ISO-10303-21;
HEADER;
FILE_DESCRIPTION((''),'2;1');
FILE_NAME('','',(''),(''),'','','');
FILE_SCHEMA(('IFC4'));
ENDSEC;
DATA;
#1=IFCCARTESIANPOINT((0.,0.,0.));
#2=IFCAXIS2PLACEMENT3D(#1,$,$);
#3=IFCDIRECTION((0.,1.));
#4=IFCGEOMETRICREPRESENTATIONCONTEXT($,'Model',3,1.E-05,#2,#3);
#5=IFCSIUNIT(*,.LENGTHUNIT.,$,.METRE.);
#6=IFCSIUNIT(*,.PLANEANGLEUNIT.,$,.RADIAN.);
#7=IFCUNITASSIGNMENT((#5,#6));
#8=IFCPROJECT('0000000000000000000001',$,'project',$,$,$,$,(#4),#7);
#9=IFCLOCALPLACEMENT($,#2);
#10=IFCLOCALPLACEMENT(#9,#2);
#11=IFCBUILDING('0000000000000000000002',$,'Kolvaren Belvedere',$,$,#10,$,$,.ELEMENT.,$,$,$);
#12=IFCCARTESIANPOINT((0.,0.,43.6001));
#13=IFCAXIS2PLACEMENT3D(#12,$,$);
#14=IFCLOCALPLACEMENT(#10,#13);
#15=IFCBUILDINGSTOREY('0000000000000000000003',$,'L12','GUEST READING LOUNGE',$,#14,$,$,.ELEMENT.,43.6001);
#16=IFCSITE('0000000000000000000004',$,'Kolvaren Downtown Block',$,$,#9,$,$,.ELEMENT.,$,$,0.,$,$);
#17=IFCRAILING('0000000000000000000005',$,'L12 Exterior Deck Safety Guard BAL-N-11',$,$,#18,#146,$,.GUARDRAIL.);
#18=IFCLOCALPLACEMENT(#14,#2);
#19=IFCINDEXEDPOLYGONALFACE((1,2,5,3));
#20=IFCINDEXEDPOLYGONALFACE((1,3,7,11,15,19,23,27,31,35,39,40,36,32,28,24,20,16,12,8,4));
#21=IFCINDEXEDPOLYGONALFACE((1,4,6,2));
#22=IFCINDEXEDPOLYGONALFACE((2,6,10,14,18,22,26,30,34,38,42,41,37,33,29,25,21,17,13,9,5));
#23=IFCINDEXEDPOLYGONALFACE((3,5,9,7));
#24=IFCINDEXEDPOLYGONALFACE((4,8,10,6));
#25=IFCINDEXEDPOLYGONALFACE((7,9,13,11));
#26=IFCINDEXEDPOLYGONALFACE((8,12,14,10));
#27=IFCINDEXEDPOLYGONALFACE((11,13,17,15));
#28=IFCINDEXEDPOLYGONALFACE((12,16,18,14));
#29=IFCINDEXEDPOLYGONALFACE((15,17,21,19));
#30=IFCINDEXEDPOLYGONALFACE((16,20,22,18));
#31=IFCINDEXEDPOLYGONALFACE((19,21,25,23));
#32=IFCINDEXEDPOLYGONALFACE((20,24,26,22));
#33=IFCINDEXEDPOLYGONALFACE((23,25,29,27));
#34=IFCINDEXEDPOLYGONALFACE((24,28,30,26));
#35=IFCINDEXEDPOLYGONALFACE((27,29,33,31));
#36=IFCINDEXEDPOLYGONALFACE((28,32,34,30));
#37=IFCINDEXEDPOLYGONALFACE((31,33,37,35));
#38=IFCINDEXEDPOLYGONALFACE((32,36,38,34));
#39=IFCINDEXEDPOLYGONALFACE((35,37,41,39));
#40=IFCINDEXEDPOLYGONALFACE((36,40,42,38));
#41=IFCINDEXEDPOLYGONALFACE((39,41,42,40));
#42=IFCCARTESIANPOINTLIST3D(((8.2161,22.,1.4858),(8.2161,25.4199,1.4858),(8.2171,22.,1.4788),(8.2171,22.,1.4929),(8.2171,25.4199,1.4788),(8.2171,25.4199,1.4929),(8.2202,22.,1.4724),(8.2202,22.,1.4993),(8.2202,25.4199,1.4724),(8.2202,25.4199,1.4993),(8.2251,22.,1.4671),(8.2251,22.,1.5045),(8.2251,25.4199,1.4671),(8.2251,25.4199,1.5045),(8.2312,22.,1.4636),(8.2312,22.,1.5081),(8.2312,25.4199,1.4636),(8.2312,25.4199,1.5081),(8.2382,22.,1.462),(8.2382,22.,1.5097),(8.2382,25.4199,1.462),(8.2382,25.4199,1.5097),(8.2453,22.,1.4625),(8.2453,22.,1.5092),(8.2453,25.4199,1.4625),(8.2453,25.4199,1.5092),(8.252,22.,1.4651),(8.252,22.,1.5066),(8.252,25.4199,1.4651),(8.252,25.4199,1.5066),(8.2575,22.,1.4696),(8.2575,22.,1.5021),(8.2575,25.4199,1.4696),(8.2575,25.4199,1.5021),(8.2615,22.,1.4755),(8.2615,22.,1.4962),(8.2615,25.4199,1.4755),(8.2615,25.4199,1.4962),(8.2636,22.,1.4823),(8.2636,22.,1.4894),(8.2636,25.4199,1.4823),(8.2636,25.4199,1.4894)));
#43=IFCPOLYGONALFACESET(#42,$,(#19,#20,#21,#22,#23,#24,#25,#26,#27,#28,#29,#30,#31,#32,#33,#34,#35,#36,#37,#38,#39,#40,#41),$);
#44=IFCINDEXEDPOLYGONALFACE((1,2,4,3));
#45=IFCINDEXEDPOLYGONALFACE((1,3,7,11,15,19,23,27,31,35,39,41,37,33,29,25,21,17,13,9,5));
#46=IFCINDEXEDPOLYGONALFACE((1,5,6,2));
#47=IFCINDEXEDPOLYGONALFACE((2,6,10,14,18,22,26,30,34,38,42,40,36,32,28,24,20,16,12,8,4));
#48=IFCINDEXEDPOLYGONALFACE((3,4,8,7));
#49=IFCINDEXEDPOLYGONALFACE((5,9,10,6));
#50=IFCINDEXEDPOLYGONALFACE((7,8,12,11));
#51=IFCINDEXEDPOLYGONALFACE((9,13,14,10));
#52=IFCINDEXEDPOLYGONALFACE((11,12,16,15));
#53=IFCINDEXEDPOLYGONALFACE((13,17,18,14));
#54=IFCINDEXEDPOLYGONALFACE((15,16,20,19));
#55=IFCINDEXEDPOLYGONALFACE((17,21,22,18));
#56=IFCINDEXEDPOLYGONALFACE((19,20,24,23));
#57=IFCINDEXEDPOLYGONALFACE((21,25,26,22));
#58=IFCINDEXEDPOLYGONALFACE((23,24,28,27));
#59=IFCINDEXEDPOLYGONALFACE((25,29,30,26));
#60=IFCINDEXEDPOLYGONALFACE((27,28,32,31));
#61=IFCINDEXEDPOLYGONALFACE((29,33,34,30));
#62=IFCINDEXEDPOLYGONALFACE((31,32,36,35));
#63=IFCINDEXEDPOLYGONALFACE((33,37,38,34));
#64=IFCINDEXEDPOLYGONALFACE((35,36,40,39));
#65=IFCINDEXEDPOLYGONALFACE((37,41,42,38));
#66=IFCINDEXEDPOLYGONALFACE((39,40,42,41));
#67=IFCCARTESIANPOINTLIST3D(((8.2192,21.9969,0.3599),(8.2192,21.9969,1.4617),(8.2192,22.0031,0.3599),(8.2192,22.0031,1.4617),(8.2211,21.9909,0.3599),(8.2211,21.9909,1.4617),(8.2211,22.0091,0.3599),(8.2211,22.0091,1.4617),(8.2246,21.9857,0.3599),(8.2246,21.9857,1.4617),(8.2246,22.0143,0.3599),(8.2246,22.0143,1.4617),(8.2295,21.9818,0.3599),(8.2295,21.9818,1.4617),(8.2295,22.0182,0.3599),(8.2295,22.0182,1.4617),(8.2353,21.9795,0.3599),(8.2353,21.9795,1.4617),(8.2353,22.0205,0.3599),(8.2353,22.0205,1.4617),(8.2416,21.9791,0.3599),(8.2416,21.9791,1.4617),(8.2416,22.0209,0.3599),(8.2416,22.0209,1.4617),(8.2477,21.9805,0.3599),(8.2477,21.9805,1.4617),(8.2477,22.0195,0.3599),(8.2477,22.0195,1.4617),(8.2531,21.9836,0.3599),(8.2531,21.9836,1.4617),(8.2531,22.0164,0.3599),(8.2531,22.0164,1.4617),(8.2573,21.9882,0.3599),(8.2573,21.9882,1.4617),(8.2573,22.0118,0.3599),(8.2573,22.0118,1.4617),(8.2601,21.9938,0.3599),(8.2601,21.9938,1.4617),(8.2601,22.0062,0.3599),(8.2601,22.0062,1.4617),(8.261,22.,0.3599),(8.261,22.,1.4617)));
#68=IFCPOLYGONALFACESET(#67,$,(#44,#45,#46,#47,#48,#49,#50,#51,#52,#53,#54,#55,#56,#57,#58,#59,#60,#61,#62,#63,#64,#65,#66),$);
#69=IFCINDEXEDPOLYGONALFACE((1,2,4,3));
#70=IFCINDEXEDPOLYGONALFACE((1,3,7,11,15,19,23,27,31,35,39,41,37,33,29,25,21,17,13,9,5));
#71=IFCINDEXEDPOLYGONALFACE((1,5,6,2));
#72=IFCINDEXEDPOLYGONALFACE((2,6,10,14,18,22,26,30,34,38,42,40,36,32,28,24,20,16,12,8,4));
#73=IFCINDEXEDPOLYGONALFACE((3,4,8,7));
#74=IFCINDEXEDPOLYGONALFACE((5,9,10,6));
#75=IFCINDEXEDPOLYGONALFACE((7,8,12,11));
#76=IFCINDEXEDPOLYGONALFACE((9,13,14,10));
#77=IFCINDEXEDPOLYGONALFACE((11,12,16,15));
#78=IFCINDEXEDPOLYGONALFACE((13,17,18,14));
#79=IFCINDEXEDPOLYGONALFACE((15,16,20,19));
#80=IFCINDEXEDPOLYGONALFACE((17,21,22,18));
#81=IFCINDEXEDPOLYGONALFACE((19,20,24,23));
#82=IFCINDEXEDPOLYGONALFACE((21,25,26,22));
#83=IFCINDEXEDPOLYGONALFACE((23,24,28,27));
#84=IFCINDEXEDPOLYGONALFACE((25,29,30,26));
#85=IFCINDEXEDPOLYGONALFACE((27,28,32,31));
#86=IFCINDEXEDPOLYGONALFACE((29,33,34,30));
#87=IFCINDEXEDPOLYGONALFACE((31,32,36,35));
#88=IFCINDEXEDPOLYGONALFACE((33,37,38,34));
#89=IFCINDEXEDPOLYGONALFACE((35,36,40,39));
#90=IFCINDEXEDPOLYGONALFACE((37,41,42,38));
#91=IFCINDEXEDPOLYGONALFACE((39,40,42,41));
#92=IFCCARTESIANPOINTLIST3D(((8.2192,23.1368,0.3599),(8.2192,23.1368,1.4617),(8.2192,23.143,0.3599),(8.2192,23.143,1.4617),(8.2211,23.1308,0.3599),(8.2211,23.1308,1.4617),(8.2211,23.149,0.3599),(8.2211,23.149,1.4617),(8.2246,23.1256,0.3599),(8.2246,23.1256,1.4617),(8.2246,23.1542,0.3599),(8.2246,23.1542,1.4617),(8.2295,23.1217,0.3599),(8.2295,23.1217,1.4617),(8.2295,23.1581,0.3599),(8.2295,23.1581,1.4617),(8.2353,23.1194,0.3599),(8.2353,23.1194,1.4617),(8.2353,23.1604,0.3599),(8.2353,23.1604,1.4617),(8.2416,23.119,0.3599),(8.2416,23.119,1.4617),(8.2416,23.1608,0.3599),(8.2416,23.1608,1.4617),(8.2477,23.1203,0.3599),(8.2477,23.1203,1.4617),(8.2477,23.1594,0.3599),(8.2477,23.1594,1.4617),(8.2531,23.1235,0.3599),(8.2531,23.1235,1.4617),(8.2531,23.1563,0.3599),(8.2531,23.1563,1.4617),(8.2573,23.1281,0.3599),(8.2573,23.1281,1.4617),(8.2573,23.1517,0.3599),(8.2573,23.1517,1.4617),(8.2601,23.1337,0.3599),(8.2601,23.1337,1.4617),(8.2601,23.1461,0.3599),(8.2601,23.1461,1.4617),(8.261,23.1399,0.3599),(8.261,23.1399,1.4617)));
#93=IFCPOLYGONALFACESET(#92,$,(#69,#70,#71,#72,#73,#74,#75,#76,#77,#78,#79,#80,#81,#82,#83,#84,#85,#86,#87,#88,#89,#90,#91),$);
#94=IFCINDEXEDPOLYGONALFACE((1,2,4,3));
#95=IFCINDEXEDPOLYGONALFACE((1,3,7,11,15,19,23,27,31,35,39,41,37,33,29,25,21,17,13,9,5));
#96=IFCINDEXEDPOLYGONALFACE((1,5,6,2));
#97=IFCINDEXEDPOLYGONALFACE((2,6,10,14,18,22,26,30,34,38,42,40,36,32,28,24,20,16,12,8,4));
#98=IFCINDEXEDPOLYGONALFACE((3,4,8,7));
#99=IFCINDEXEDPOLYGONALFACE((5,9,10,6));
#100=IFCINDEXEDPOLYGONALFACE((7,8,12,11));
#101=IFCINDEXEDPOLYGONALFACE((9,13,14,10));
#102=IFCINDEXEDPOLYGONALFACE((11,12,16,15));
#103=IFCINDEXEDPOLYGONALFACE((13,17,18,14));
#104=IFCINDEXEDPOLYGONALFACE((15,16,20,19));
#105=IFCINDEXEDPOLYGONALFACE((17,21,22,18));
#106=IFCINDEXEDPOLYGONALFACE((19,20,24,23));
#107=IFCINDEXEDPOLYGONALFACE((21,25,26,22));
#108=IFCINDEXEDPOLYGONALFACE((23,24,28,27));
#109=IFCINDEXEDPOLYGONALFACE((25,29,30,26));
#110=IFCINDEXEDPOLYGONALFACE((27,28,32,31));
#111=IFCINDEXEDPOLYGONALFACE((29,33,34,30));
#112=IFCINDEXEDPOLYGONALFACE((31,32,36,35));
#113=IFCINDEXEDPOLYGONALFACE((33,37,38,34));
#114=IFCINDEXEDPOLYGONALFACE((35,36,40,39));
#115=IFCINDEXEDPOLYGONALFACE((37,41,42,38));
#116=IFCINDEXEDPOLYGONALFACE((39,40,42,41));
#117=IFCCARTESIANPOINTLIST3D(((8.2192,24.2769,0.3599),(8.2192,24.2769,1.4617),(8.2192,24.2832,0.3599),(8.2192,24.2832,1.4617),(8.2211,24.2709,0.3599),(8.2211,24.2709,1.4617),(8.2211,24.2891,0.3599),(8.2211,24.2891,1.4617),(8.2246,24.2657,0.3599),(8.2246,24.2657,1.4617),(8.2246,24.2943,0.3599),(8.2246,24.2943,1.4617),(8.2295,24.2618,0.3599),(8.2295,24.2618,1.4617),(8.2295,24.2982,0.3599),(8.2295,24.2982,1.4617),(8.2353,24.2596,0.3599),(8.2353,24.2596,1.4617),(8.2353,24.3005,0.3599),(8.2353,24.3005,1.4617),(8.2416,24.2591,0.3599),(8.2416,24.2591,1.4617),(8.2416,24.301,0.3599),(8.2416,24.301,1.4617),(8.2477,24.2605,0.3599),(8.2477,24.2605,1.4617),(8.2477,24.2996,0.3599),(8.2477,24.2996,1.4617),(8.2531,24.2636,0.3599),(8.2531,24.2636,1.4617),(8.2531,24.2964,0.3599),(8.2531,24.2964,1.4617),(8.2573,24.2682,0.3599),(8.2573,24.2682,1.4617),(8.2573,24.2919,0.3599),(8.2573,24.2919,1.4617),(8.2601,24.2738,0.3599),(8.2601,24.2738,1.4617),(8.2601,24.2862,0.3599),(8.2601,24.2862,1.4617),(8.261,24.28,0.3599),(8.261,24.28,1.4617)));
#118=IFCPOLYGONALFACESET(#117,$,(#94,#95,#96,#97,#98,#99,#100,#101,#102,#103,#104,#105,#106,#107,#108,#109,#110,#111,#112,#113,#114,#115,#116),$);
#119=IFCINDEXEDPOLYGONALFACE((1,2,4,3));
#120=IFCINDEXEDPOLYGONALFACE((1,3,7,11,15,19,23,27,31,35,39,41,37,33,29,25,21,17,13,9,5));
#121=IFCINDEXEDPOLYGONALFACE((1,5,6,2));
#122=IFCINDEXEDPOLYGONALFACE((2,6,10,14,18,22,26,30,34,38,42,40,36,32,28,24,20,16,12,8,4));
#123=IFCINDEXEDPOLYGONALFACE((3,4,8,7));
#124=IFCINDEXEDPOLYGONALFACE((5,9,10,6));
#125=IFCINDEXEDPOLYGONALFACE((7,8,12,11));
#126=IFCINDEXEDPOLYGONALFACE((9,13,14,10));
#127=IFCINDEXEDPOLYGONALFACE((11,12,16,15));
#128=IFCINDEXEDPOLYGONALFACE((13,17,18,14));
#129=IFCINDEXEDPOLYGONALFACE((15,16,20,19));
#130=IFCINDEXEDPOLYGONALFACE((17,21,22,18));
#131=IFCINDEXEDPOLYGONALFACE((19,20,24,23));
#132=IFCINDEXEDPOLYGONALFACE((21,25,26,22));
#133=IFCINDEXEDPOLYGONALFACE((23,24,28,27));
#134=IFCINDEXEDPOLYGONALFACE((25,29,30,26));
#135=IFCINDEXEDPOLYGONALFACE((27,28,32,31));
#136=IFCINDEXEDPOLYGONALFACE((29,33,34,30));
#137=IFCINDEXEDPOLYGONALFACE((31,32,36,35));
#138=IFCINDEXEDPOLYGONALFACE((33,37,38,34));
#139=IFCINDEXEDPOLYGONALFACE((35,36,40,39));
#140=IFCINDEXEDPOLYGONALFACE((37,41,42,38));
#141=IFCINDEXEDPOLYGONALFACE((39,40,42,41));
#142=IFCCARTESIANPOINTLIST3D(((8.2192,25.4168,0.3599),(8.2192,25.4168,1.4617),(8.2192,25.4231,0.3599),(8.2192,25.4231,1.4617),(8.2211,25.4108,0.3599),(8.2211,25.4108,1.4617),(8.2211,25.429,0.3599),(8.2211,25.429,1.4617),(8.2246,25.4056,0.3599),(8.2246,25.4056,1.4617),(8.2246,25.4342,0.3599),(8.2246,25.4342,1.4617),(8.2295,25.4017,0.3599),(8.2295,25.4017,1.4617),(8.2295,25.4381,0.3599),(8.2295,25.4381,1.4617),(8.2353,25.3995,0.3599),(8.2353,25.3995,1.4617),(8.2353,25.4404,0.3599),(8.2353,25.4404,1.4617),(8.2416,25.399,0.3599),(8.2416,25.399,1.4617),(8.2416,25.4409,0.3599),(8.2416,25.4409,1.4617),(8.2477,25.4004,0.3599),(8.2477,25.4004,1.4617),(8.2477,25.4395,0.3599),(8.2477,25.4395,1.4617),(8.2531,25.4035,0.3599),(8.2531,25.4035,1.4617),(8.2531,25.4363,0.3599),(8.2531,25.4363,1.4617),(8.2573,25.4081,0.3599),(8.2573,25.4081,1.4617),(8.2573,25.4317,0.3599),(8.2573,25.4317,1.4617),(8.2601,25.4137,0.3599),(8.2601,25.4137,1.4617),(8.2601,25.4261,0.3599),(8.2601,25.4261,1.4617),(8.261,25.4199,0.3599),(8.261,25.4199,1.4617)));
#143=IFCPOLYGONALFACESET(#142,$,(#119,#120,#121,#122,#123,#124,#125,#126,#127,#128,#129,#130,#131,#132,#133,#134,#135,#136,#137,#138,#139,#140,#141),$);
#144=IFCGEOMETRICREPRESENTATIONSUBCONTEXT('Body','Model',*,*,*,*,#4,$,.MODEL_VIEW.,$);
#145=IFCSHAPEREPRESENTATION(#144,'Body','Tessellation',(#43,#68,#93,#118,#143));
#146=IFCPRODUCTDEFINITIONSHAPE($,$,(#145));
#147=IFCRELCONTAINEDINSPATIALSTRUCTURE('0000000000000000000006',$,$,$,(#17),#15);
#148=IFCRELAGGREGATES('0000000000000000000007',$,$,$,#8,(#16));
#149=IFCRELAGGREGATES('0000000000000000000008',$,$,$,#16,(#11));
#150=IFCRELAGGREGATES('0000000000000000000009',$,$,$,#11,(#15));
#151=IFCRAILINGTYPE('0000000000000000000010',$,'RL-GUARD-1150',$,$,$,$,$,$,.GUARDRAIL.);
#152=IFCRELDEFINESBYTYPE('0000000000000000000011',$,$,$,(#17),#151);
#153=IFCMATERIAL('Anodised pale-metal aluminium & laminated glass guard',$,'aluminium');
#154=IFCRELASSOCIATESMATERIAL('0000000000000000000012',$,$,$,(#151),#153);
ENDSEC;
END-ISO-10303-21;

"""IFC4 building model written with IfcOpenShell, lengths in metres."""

from ifc_helpers import new_model, si_unit, direction, frame, origin, origin_2d, place, context, subcontext, project, spatial, circle, extrude, material, type_object, element, save


model = new_model("IFC4")

# Units and contexts
model_context = context("Model", 3, precision=1e-05, world=origin(), true_north=direction((0.0, 1.0)))
body_context = subcontext(model_context, "Body", "Model", "MODEL_VIEW")
ifc_project = project(units=[si_unit("LENGTHUNIT", "METRE"), si_unit("PLANEANGLEUNIT", "RADIAN")], contexts=[model_context])

# Site, building, storey
site_placement = place(None, origin())
site = spatial("IfcSite", under=ifc_project, at=site_placement, Name="Kolvaren Downtown Block", CompositionType="ELEMENT", RefElevation=0.0)
building_placement = place(site_placement, origin())
building = spatial("IfcBuilding", under=site, at=building_placement, Name="Kolvaren Belvedere", CompositionType="ELEMENT")
storey_placement = place(building_placement, frame((0.0, 0.0, 43.6001)))
storey = spatial("IfcBuildingStorey", under=building, at=storey_placement, Name="L12", Description="GUEST READING LOUNGE", CompositionType="ELEMENT", Elevation=43.6001)

# Railing
ifc_material_1 = material(Name="Anodised pale-metal aluminium & laminated glass guard", Category="aluminium")
railing_type = type_object("IfcRailingType", Name="RL-GUARD-1150", PredefinedType="GUARDRAIL", material=ifc_material_1)
railing_1_placement = place(storey_placement, frame((8.24, 22.0, 0.3599)))
element("IfcRailing", 1, at=railing_1_placement, inside=storey, type_object=railing_type, Name="L12 Exterior Deck Safety Guard BAL-N-11", PredefinedType="GUARDRAIL", context=body_context, shape_type="SweptSolid", body=[
    extrude(circle(Radius=0.0239, at=origin_2d()), frame((0.0, 0.0, 1.126), z_axis=(0.0, 1.0, 0.0), x_axis=(-1.0, 0.0, 0.0)), (0.0, 0.0, 1.0), 3.4199),
    extrude(circle(Radius=0.021, at=origin_2d()), origin(), (0.0, 0.0, 1.0), 1.1018),
    extrude(circle(Radius=0.021, at=origin_2d()), frame((0.0, 1.1399, 0.0)), (0.0, 0.0, 1.0), 1.1018),
    extrude(circle(Radius=0.021, at=origin_2d()), frame((0.0, 2.28, 0.0)), (0.0, 0.0, 1.0), 1.1018),
    extrude(circle(Radius=0.021, at=origin_2d()), frame((0.0, 3.4199, 0.0)), (0.0, 0.0, 1.0), 1.1018),
])

save(model, "model.ifc")
